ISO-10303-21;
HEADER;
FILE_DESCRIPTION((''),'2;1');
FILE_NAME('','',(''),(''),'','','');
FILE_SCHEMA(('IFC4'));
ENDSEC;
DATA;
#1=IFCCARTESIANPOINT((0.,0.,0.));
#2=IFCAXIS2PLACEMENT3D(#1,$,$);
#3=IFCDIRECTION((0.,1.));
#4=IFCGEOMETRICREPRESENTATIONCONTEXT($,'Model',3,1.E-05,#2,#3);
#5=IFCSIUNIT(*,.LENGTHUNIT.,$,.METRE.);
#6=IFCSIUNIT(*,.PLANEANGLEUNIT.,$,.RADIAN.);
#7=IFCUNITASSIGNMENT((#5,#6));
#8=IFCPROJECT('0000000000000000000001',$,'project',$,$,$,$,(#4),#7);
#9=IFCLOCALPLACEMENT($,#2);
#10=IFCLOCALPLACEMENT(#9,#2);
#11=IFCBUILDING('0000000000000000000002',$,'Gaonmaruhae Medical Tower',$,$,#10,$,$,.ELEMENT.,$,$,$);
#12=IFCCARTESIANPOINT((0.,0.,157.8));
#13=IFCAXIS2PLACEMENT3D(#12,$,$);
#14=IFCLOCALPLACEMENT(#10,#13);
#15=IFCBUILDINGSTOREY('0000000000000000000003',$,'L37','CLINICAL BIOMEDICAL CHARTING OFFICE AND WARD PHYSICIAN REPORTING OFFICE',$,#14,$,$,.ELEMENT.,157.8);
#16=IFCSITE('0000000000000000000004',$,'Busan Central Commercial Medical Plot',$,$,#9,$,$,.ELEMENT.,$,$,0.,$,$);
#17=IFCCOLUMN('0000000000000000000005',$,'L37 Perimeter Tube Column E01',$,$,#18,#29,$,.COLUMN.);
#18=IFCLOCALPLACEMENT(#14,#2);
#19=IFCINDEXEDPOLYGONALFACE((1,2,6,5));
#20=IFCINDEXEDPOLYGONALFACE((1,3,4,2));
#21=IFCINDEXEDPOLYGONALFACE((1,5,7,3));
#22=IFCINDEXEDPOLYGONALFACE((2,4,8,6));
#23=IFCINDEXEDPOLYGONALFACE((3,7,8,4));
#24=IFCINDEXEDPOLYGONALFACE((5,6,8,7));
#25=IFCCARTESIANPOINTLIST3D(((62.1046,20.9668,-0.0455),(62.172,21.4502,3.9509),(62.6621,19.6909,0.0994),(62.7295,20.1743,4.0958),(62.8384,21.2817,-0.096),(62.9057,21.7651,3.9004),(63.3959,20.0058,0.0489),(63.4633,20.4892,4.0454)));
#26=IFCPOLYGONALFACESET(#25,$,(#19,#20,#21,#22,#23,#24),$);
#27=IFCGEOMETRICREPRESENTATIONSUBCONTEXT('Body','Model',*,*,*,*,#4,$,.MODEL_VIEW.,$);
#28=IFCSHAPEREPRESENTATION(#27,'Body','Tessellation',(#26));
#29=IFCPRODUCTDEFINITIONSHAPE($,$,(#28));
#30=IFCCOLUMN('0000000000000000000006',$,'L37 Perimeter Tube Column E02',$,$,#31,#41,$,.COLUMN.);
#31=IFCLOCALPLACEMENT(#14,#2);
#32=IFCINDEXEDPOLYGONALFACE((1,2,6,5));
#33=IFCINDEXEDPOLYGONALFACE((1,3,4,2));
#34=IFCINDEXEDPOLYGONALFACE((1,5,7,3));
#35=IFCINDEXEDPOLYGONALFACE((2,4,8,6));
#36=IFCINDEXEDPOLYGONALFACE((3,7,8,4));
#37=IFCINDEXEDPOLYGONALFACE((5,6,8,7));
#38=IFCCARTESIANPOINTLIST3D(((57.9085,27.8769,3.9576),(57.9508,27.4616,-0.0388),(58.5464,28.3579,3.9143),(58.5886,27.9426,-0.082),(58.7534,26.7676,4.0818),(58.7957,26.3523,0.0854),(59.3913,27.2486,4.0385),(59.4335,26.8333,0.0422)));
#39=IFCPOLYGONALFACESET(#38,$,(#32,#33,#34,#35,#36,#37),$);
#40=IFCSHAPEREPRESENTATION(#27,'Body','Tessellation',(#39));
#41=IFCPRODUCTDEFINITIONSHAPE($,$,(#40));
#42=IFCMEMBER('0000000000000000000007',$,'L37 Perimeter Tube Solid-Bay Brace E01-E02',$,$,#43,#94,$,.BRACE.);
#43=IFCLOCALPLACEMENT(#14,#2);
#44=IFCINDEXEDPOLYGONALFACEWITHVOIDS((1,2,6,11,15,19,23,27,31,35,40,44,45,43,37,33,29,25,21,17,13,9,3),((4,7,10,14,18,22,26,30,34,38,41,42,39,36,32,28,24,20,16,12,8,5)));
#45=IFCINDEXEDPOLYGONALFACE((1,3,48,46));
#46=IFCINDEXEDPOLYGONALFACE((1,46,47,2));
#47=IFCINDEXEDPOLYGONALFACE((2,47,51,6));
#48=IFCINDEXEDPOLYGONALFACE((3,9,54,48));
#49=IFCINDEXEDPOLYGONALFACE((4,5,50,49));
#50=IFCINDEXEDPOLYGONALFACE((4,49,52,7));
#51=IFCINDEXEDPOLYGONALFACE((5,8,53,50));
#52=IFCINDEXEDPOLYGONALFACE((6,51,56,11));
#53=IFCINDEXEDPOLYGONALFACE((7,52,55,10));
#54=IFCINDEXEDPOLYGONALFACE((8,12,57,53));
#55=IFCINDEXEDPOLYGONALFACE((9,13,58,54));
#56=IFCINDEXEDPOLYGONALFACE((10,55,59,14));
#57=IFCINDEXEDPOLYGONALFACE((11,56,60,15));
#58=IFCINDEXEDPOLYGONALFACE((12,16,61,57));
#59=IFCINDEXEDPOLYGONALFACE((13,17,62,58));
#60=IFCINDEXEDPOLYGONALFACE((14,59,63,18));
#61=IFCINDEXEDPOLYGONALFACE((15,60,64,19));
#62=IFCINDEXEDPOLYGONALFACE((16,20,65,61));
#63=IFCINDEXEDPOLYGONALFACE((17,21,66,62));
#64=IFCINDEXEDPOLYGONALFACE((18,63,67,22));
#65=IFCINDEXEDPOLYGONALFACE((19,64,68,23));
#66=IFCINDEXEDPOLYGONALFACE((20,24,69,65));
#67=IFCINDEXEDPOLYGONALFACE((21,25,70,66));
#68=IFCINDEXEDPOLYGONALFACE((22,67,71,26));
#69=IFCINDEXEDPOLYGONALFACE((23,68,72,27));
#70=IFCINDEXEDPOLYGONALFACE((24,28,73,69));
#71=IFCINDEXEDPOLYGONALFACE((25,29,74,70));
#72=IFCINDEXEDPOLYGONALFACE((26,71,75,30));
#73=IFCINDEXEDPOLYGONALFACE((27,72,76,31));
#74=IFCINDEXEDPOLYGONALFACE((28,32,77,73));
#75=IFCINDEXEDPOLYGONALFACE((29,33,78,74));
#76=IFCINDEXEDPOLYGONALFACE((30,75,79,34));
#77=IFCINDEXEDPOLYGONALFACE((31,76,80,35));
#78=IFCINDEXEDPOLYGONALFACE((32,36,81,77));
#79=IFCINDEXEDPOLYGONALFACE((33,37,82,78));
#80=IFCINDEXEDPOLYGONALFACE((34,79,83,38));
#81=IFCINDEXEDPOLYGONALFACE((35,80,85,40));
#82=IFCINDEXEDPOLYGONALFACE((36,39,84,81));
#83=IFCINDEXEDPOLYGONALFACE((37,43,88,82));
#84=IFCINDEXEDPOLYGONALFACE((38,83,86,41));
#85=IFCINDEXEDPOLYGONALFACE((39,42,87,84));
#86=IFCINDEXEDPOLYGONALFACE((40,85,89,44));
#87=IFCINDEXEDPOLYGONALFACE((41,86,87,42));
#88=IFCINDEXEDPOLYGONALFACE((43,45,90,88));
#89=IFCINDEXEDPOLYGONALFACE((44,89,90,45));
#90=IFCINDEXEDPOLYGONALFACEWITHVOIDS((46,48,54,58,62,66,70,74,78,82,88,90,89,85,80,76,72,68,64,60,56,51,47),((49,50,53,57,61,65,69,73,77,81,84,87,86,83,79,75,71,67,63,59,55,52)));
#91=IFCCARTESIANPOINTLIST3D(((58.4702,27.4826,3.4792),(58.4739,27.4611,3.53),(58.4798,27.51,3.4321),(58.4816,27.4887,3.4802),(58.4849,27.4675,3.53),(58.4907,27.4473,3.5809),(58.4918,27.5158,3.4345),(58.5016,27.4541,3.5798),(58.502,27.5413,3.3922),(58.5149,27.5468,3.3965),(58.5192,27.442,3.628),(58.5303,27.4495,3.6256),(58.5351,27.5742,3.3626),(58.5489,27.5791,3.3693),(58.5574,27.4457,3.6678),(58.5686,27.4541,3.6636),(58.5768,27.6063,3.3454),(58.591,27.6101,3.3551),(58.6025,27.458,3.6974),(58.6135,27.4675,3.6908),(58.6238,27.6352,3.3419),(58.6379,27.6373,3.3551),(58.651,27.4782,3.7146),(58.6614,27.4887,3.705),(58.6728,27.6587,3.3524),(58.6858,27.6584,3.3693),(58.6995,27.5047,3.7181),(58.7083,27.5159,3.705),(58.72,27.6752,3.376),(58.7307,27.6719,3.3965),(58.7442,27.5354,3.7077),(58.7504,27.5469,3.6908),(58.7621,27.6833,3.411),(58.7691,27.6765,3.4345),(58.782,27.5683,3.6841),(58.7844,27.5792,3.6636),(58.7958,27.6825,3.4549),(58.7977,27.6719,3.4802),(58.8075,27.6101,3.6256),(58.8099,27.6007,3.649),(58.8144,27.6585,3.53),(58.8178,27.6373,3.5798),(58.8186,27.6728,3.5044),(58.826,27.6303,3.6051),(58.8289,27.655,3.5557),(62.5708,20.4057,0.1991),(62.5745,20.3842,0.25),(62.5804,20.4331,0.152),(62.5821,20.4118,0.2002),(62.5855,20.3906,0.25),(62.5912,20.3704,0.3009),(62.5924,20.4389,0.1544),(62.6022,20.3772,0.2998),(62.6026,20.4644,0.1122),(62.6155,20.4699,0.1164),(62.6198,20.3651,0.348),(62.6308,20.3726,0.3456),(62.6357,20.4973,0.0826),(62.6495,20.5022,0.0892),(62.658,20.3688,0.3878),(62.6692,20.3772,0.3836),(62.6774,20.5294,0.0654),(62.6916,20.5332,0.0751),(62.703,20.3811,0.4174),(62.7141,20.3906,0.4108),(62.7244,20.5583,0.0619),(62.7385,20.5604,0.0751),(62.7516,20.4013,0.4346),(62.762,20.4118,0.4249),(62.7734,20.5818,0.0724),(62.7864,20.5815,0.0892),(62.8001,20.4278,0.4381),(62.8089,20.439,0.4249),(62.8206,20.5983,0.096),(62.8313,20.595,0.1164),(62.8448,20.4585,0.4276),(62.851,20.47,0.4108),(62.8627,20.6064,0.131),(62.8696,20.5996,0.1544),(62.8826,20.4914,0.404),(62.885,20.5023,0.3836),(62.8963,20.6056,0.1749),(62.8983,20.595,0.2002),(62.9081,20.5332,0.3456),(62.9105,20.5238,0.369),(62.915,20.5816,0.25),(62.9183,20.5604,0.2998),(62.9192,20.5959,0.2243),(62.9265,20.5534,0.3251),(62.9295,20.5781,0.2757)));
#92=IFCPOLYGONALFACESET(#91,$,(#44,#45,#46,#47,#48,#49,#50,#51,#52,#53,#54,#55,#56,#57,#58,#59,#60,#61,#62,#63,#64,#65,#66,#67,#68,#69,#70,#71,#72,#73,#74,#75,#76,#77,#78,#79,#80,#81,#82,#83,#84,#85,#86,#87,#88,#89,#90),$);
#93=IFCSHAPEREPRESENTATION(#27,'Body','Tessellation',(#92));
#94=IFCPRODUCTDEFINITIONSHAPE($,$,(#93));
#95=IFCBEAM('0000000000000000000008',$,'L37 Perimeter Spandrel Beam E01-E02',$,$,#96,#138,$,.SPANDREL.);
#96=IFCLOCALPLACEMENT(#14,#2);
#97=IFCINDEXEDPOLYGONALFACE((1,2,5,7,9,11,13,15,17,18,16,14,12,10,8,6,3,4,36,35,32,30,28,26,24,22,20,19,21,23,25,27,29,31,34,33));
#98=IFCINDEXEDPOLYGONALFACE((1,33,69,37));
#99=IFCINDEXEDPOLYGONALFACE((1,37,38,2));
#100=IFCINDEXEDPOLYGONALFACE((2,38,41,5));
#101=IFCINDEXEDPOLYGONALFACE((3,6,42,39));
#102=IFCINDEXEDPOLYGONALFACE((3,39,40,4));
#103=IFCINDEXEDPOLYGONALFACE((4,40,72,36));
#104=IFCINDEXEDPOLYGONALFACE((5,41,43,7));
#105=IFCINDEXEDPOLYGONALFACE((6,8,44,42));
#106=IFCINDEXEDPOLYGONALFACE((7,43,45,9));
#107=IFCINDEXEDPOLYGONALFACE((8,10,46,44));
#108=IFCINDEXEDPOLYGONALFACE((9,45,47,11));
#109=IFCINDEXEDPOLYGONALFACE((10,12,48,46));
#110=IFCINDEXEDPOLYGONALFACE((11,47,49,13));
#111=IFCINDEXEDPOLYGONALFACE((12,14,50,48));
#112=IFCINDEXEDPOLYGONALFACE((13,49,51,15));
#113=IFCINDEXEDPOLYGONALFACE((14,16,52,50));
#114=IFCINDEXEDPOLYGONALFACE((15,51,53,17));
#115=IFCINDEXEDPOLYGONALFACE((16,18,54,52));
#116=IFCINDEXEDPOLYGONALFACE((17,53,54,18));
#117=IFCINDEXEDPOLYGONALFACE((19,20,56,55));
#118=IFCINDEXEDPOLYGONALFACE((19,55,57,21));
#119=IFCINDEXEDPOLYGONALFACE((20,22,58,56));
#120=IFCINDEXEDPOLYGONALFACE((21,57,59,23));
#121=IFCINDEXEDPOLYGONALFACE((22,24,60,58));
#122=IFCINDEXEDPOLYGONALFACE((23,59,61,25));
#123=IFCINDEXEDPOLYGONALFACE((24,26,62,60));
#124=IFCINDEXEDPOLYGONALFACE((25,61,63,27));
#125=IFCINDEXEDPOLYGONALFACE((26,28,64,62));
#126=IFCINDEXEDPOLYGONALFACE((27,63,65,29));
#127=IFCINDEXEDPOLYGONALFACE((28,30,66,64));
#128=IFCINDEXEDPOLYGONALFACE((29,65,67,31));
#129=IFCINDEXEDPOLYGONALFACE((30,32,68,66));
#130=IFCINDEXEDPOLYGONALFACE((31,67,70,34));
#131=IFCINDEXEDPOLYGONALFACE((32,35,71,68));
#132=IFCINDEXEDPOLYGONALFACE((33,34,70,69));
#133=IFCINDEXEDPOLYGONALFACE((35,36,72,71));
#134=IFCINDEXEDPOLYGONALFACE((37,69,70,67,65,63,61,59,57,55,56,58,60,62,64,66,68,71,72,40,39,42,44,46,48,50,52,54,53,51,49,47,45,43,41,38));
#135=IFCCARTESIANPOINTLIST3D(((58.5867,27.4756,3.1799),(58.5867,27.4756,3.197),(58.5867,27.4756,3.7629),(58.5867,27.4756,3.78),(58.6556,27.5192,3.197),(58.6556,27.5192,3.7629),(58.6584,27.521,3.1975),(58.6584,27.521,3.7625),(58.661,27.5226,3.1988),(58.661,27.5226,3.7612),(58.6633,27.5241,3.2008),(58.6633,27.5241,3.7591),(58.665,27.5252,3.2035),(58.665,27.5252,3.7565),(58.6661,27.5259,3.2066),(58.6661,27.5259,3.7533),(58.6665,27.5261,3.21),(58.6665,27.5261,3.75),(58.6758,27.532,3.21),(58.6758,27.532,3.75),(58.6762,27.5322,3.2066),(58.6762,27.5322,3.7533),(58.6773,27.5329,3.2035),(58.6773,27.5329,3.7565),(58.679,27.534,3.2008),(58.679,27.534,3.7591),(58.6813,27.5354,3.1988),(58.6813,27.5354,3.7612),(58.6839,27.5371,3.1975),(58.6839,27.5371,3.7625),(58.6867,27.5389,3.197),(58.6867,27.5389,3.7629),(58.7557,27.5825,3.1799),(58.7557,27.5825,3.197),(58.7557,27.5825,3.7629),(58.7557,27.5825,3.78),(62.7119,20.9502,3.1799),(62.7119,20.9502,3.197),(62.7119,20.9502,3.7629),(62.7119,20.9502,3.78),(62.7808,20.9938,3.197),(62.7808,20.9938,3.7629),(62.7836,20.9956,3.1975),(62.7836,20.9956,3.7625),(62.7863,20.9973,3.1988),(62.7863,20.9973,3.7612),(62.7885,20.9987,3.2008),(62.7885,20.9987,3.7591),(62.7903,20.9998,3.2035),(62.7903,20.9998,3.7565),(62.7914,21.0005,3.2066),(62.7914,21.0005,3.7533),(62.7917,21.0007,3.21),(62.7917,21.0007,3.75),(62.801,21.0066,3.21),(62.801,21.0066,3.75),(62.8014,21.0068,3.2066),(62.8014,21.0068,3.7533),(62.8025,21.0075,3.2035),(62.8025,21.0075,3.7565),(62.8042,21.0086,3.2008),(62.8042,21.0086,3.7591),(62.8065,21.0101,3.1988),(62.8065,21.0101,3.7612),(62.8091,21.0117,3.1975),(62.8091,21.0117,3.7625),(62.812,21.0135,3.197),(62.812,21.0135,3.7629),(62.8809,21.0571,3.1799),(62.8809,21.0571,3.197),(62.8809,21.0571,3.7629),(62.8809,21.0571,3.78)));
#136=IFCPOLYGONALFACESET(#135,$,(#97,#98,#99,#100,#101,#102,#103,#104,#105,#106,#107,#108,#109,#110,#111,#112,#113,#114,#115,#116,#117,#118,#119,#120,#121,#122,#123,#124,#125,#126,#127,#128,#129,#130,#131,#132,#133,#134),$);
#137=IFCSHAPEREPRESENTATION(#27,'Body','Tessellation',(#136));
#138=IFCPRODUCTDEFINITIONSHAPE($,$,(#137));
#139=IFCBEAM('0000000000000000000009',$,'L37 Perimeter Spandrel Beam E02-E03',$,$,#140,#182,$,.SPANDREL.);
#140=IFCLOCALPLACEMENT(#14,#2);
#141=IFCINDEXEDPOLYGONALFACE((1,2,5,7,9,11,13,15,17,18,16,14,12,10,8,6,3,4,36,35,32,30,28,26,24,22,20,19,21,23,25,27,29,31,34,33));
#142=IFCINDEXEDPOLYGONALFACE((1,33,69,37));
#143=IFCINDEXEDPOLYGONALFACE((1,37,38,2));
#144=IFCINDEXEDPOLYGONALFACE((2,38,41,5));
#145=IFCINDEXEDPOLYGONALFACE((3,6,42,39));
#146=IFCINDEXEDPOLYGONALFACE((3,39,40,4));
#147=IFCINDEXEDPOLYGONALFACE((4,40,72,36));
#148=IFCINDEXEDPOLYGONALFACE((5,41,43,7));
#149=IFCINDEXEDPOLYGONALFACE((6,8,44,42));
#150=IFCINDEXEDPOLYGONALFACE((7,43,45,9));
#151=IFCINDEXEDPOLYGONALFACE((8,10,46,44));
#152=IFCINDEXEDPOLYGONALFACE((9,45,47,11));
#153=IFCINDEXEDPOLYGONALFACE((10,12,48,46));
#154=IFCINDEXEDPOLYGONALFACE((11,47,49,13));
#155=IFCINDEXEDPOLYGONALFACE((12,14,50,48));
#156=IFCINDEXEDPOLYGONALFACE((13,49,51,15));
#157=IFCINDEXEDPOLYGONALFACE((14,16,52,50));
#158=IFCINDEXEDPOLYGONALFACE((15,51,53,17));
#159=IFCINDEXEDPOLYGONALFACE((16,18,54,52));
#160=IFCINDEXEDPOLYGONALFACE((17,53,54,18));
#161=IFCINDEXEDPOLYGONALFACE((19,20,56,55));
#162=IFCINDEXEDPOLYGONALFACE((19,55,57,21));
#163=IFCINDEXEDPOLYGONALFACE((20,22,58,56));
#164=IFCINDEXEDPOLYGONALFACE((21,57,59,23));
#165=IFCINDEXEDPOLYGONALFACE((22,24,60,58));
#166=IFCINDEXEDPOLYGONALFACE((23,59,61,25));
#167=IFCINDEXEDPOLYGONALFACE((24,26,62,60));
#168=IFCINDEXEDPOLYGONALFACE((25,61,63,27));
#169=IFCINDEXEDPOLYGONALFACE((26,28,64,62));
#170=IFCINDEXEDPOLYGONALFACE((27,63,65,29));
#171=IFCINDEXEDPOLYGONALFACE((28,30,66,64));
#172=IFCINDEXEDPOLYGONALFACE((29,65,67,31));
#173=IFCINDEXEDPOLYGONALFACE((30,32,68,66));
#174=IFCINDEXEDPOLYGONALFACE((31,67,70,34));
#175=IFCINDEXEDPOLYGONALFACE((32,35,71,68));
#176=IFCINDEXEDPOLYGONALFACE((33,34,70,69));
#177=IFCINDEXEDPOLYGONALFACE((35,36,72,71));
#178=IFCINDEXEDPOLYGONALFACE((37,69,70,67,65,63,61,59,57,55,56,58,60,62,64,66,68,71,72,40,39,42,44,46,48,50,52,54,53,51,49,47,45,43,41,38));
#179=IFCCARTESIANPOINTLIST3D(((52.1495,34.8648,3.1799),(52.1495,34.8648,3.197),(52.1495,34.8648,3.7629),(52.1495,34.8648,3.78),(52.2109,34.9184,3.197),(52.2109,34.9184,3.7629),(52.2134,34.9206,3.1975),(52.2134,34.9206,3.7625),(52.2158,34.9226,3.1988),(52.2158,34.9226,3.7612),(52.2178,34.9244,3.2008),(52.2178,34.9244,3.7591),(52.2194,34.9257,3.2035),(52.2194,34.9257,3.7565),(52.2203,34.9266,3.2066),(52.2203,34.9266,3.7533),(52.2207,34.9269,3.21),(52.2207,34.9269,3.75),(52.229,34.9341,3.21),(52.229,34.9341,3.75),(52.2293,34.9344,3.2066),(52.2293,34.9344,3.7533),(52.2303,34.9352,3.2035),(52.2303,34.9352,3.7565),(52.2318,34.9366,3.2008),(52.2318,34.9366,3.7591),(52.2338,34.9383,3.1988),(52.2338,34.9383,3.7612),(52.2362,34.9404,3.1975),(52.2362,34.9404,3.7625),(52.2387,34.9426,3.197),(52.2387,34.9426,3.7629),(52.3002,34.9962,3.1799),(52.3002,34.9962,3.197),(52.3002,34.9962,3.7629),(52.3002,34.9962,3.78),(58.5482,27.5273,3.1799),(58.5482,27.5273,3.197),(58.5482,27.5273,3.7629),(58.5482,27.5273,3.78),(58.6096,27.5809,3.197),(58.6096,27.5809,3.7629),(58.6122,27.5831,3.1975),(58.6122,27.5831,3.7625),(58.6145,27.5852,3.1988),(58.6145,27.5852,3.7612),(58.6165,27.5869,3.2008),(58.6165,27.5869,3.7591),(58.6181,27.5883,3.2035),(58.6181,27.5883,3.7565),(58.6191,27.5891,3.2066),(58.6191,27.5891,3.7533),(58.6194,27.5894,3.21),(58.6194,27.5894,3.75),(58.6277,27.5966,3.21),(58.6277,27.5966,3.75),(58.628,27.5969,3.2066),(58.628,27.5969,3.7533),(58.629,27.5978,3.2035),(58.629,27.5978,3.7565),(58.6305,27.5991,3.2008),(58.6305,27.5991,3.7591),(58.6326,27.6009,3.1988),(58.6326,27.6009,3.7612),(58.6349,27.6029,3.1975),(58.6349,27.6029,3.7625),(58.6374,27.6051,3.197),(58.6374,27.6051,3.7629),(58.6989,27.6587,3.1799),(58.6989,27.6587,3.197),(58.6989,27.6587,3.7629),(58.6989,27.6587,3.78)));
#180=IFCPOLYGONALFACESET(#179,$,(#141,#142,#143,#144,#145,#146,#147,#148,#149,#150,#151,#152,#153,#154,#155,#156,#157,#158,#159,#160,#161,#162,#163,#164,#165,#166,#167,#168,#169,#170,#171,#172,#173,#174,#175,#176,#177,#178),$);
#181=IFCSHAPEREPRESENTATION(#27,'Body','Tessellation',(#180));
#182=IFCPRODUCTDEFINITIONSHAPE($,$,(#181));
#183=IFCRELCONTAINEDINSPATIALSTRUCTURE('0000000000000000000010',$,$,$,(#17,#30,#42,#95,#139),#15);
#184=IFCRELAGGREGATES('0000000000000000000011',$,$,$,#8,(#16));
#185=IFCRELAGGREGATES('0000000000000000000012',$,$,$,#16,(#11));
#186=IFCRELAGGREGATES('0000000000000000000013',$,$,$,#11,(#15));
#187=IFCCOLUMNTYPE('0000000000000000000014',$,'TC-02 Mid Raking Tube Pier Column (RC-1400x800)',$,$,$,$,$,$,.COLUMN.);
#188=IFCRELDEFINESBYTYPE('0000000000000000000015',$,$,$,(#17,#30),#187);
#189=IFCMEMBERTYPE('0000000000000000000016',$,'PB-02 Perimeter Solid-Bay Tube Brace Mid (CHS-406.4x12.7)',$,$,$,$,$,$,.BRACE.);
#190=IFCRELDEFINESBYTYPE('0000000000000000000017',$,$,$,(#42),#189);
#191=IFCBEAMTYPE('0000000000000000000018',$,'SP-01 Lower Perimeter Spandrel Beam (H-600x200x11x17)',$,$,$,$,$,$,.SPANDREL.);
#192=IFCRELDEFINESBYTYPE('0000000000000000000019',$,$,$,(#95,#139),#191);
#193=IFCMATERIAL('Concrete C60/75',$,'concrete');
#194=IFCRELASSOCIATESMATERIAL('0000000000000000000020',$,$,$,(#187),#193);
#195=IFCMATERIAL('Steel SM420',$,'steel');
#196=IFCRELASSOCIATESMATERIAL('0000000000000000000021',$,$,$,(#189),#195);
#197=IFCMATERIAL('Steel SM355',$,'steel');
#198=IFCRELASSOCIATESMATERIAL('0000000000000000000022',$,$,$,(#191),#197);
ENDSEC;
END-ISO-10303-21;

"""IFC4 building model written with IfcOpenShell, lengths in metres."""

from ifc_helpers import new_model, si_unit, direction, frame, origin, origin_2d, place, context, subcontext, project, spatial, rectangle, hollow_circle, i_section, extrude, material, material_profile, profile_set, type_object, element, save


model = new_model("IFC4")

# Units and contexts
model_context = context("Model", 3, precision=1e-05, world=origin(), true_north=direction((0.0, 1.0)))
body_context = subcontext(model_context, "Body", "Model", "MODEL_VIEW")
ifc_project = project(units=[si_unit("LENGTHUNIT", "METRE"), si_unit("PLANEANGLEUNIT", "RADIAN")], contexts=[model_context])

# Site, building, storey
site_placement = place(None, origin())
site = spatial("IfcSite", under=ifc_project, at=site_placement, Name="Busan Central Commercial Medical Plot", CompositionType="ELEMENT", RefElevation=0.0)
building_placement = place(site_placement, origin())
building = spatial("IfcBuilding", under=site, at=building_placement, Name="Gaonmaruhae Medical Tower", CompositionType="ELEMENT")
storey_placement = place(building_placement, frame((0.0, 0.0, 157.8)))
storey = spatial("IfcBuildingStorey", under=building, at=storey_placement, Name="L37", Description="CLINICAL BIOMEDICAL CHARTING OFFICE AND WARD PHYSICIAN REPORTING OFFICE", CompositionType="ELEMENT", Elevation=157.8)

# Columns
ifc_material_1 = material(Name="Concrete C60/75", Category="concrete")
ifc_material_profile_1 = material_profile(ifc_material_1, rectangle(XDim=1.3999, YDim=0.8, at=origin_2d()), Name="RC-1400x800")
ifc_profile_set_1 = profile_set([ifc_material_profile_1], Name="Concrete C60/75")
column_type = type_object("IfcColumnType", Name="TC-02 Mid Raking Tube Pier Column (RC-1400x800)", PredefinedType="COLUMN", material=ifc_profile_set_1)
column_1_placement = place(storey_placement, frame((62.7502, 20.4863, 0.0017), z_axis=(0.016737, 0.120068, 0.992625), x_axis=(0.398249, -0.911416, 0.10353)))
element("IfcColumn", 1, at=column_1_placement, inside=storey, type_object=column_type, Name="L37 Perimeter Tube Column E01", PredefinedType="COLUMN", context=body_context, shape_type="SweptSolid", body=[
    extrude(rectangle(XDim=1.3999, YDim=0.8, at=origin_2d()), origin(), (0.0, 0.0, 1.0), 4.0261),
])
column_2_placement = place(storey_placement, frame((58.6921, 27.1475, 0.0017), z_axis=(-0.010512, 0.103354, 0.994589), x_axis=(0.603538, -0.792383, 0.08872)))
element("IfcColumn", 2, at=column_2_placement, inside=storey, type_object=column_type, Name="L37 Perimeter Tube Column E02", PredefinedType="COLUMN", context=body_context, shape_type="SweptSolid", body=[
    extrude(rectangle(XDim=1.3999, YDim=0.8, at=origin_2d()), origin(), (0.0, 0.0, 1.0), 4.0181),
])

# Member
ifc_material_2 = material(Name="Steel SM420", Category="steel")
ifc_material_profile_2 = material_profile(ifc_material_2, hollow_circle(Radius=0.2031, WallThickness=0.0127, at=origin_2d()), Name="CHS-406.4x12.7")
ifc_profile_set_2 = profile_set([ifc_material_profile_2], Name="Steel SM420")
member_type = type_object("IfcMemberType", Name="PB-02 Perimeter Solid-Bay Tube Brace Mid (CHS-406.4x12.7)", PredefinedType="BRACE", material=ifc_profile_set_2)
member_placement = place(storey_placement, frame((62.7502, 20.4861, 0.25), z_axis=(-0.465327, 0.803075, 0.372212), x_axis=(-0.865244, -0.50135, 0.0)))
element("IfcMember", 3, at=member_placement, inside=storey, type_object=member_type, Name="L37 Perimeter Tube Solid-Bay Brace E01-E02", PredefinedType="BRACE", context=body_context, shape_type="SweptSolid", body=[
    extrude(hollow_circle(Radius=0.2031, WallThickness=0.0127, at=origin_2d()), origin(), (0.0, 0.0, 1.0), 8.8123),
])

# Beams
ifc_material_3 = material(Name="Steel SM355", Category="steel")
ifc_material_profile_3 = material_profile(ifc_material_3, i_section(OverallWidth=0.2, OverallDepth=0.6001, WebThickness=0.011, FlangeThickness=0.0171, FilletRadius=0.0129, at=origin_2d()), Name="H-600x200x11x17")
ifc_profile_set_3 = profile_set([ifc_material_profile_3], Name="Steel SM355")
beam_type = type_object("IfcBeamType", Name="SP-01 Lower Perimeter Spandrel Beam (H-600x200x11x17)", PredefinedType="SPANDREL", material=ifc_profile_set_3)
beam_1_placement = place(storey_placement, frame((62.7964, 21.0037, 3.48), z_axis=(-0.534358, 0.845258, 0.0), x_axis=(-0.845258, -0.534358, 0.0)))
element("IfcBeam", 4, at=beam_1_placement, inside=storey, type_object=beam_type, Name="L37 Perimeter Spandrel Beam E01-E02", PredefinedType="SPANDREL", context=body_context, shape_type="SweptSolid", body=[
    extrude(i_section(OverallWidth=0.2, OverallDepth=0.6001, WebThickness=0.011, FlangeThickness=0.0171, FilletRadius=0.0129, at=origin_2d()), origin(), (0.0, 0.0, 1.0), 7.72),
])
beam_2_placement = place(storey_placement, frame((58.6235, 27.593, 3.48), z_axis=(-0.65725, 0.753672, 0.0), x_axis=(-0.753672, -0.65725, 0.0)))
element("IfcBeam", 5, at=beam_2_placement, inside=storey, type_object=beam_type, Name="L37 Perimeter Spandrel Beam E02-E03", PredefinedType="SPANDREL", context=body_context, shape_type="SweptSolid", body=[
    extrude(i_section(OverallWidth=0.2, OverallDepth=0.6001, WebThickness=0.011, FlangeThickness=0.0171, FilletRadius=0.0129, at=origin_2d()), origin(), (0.0, 0.0, 1.0), 9.7356),
])

save(model, "model.ifc")
